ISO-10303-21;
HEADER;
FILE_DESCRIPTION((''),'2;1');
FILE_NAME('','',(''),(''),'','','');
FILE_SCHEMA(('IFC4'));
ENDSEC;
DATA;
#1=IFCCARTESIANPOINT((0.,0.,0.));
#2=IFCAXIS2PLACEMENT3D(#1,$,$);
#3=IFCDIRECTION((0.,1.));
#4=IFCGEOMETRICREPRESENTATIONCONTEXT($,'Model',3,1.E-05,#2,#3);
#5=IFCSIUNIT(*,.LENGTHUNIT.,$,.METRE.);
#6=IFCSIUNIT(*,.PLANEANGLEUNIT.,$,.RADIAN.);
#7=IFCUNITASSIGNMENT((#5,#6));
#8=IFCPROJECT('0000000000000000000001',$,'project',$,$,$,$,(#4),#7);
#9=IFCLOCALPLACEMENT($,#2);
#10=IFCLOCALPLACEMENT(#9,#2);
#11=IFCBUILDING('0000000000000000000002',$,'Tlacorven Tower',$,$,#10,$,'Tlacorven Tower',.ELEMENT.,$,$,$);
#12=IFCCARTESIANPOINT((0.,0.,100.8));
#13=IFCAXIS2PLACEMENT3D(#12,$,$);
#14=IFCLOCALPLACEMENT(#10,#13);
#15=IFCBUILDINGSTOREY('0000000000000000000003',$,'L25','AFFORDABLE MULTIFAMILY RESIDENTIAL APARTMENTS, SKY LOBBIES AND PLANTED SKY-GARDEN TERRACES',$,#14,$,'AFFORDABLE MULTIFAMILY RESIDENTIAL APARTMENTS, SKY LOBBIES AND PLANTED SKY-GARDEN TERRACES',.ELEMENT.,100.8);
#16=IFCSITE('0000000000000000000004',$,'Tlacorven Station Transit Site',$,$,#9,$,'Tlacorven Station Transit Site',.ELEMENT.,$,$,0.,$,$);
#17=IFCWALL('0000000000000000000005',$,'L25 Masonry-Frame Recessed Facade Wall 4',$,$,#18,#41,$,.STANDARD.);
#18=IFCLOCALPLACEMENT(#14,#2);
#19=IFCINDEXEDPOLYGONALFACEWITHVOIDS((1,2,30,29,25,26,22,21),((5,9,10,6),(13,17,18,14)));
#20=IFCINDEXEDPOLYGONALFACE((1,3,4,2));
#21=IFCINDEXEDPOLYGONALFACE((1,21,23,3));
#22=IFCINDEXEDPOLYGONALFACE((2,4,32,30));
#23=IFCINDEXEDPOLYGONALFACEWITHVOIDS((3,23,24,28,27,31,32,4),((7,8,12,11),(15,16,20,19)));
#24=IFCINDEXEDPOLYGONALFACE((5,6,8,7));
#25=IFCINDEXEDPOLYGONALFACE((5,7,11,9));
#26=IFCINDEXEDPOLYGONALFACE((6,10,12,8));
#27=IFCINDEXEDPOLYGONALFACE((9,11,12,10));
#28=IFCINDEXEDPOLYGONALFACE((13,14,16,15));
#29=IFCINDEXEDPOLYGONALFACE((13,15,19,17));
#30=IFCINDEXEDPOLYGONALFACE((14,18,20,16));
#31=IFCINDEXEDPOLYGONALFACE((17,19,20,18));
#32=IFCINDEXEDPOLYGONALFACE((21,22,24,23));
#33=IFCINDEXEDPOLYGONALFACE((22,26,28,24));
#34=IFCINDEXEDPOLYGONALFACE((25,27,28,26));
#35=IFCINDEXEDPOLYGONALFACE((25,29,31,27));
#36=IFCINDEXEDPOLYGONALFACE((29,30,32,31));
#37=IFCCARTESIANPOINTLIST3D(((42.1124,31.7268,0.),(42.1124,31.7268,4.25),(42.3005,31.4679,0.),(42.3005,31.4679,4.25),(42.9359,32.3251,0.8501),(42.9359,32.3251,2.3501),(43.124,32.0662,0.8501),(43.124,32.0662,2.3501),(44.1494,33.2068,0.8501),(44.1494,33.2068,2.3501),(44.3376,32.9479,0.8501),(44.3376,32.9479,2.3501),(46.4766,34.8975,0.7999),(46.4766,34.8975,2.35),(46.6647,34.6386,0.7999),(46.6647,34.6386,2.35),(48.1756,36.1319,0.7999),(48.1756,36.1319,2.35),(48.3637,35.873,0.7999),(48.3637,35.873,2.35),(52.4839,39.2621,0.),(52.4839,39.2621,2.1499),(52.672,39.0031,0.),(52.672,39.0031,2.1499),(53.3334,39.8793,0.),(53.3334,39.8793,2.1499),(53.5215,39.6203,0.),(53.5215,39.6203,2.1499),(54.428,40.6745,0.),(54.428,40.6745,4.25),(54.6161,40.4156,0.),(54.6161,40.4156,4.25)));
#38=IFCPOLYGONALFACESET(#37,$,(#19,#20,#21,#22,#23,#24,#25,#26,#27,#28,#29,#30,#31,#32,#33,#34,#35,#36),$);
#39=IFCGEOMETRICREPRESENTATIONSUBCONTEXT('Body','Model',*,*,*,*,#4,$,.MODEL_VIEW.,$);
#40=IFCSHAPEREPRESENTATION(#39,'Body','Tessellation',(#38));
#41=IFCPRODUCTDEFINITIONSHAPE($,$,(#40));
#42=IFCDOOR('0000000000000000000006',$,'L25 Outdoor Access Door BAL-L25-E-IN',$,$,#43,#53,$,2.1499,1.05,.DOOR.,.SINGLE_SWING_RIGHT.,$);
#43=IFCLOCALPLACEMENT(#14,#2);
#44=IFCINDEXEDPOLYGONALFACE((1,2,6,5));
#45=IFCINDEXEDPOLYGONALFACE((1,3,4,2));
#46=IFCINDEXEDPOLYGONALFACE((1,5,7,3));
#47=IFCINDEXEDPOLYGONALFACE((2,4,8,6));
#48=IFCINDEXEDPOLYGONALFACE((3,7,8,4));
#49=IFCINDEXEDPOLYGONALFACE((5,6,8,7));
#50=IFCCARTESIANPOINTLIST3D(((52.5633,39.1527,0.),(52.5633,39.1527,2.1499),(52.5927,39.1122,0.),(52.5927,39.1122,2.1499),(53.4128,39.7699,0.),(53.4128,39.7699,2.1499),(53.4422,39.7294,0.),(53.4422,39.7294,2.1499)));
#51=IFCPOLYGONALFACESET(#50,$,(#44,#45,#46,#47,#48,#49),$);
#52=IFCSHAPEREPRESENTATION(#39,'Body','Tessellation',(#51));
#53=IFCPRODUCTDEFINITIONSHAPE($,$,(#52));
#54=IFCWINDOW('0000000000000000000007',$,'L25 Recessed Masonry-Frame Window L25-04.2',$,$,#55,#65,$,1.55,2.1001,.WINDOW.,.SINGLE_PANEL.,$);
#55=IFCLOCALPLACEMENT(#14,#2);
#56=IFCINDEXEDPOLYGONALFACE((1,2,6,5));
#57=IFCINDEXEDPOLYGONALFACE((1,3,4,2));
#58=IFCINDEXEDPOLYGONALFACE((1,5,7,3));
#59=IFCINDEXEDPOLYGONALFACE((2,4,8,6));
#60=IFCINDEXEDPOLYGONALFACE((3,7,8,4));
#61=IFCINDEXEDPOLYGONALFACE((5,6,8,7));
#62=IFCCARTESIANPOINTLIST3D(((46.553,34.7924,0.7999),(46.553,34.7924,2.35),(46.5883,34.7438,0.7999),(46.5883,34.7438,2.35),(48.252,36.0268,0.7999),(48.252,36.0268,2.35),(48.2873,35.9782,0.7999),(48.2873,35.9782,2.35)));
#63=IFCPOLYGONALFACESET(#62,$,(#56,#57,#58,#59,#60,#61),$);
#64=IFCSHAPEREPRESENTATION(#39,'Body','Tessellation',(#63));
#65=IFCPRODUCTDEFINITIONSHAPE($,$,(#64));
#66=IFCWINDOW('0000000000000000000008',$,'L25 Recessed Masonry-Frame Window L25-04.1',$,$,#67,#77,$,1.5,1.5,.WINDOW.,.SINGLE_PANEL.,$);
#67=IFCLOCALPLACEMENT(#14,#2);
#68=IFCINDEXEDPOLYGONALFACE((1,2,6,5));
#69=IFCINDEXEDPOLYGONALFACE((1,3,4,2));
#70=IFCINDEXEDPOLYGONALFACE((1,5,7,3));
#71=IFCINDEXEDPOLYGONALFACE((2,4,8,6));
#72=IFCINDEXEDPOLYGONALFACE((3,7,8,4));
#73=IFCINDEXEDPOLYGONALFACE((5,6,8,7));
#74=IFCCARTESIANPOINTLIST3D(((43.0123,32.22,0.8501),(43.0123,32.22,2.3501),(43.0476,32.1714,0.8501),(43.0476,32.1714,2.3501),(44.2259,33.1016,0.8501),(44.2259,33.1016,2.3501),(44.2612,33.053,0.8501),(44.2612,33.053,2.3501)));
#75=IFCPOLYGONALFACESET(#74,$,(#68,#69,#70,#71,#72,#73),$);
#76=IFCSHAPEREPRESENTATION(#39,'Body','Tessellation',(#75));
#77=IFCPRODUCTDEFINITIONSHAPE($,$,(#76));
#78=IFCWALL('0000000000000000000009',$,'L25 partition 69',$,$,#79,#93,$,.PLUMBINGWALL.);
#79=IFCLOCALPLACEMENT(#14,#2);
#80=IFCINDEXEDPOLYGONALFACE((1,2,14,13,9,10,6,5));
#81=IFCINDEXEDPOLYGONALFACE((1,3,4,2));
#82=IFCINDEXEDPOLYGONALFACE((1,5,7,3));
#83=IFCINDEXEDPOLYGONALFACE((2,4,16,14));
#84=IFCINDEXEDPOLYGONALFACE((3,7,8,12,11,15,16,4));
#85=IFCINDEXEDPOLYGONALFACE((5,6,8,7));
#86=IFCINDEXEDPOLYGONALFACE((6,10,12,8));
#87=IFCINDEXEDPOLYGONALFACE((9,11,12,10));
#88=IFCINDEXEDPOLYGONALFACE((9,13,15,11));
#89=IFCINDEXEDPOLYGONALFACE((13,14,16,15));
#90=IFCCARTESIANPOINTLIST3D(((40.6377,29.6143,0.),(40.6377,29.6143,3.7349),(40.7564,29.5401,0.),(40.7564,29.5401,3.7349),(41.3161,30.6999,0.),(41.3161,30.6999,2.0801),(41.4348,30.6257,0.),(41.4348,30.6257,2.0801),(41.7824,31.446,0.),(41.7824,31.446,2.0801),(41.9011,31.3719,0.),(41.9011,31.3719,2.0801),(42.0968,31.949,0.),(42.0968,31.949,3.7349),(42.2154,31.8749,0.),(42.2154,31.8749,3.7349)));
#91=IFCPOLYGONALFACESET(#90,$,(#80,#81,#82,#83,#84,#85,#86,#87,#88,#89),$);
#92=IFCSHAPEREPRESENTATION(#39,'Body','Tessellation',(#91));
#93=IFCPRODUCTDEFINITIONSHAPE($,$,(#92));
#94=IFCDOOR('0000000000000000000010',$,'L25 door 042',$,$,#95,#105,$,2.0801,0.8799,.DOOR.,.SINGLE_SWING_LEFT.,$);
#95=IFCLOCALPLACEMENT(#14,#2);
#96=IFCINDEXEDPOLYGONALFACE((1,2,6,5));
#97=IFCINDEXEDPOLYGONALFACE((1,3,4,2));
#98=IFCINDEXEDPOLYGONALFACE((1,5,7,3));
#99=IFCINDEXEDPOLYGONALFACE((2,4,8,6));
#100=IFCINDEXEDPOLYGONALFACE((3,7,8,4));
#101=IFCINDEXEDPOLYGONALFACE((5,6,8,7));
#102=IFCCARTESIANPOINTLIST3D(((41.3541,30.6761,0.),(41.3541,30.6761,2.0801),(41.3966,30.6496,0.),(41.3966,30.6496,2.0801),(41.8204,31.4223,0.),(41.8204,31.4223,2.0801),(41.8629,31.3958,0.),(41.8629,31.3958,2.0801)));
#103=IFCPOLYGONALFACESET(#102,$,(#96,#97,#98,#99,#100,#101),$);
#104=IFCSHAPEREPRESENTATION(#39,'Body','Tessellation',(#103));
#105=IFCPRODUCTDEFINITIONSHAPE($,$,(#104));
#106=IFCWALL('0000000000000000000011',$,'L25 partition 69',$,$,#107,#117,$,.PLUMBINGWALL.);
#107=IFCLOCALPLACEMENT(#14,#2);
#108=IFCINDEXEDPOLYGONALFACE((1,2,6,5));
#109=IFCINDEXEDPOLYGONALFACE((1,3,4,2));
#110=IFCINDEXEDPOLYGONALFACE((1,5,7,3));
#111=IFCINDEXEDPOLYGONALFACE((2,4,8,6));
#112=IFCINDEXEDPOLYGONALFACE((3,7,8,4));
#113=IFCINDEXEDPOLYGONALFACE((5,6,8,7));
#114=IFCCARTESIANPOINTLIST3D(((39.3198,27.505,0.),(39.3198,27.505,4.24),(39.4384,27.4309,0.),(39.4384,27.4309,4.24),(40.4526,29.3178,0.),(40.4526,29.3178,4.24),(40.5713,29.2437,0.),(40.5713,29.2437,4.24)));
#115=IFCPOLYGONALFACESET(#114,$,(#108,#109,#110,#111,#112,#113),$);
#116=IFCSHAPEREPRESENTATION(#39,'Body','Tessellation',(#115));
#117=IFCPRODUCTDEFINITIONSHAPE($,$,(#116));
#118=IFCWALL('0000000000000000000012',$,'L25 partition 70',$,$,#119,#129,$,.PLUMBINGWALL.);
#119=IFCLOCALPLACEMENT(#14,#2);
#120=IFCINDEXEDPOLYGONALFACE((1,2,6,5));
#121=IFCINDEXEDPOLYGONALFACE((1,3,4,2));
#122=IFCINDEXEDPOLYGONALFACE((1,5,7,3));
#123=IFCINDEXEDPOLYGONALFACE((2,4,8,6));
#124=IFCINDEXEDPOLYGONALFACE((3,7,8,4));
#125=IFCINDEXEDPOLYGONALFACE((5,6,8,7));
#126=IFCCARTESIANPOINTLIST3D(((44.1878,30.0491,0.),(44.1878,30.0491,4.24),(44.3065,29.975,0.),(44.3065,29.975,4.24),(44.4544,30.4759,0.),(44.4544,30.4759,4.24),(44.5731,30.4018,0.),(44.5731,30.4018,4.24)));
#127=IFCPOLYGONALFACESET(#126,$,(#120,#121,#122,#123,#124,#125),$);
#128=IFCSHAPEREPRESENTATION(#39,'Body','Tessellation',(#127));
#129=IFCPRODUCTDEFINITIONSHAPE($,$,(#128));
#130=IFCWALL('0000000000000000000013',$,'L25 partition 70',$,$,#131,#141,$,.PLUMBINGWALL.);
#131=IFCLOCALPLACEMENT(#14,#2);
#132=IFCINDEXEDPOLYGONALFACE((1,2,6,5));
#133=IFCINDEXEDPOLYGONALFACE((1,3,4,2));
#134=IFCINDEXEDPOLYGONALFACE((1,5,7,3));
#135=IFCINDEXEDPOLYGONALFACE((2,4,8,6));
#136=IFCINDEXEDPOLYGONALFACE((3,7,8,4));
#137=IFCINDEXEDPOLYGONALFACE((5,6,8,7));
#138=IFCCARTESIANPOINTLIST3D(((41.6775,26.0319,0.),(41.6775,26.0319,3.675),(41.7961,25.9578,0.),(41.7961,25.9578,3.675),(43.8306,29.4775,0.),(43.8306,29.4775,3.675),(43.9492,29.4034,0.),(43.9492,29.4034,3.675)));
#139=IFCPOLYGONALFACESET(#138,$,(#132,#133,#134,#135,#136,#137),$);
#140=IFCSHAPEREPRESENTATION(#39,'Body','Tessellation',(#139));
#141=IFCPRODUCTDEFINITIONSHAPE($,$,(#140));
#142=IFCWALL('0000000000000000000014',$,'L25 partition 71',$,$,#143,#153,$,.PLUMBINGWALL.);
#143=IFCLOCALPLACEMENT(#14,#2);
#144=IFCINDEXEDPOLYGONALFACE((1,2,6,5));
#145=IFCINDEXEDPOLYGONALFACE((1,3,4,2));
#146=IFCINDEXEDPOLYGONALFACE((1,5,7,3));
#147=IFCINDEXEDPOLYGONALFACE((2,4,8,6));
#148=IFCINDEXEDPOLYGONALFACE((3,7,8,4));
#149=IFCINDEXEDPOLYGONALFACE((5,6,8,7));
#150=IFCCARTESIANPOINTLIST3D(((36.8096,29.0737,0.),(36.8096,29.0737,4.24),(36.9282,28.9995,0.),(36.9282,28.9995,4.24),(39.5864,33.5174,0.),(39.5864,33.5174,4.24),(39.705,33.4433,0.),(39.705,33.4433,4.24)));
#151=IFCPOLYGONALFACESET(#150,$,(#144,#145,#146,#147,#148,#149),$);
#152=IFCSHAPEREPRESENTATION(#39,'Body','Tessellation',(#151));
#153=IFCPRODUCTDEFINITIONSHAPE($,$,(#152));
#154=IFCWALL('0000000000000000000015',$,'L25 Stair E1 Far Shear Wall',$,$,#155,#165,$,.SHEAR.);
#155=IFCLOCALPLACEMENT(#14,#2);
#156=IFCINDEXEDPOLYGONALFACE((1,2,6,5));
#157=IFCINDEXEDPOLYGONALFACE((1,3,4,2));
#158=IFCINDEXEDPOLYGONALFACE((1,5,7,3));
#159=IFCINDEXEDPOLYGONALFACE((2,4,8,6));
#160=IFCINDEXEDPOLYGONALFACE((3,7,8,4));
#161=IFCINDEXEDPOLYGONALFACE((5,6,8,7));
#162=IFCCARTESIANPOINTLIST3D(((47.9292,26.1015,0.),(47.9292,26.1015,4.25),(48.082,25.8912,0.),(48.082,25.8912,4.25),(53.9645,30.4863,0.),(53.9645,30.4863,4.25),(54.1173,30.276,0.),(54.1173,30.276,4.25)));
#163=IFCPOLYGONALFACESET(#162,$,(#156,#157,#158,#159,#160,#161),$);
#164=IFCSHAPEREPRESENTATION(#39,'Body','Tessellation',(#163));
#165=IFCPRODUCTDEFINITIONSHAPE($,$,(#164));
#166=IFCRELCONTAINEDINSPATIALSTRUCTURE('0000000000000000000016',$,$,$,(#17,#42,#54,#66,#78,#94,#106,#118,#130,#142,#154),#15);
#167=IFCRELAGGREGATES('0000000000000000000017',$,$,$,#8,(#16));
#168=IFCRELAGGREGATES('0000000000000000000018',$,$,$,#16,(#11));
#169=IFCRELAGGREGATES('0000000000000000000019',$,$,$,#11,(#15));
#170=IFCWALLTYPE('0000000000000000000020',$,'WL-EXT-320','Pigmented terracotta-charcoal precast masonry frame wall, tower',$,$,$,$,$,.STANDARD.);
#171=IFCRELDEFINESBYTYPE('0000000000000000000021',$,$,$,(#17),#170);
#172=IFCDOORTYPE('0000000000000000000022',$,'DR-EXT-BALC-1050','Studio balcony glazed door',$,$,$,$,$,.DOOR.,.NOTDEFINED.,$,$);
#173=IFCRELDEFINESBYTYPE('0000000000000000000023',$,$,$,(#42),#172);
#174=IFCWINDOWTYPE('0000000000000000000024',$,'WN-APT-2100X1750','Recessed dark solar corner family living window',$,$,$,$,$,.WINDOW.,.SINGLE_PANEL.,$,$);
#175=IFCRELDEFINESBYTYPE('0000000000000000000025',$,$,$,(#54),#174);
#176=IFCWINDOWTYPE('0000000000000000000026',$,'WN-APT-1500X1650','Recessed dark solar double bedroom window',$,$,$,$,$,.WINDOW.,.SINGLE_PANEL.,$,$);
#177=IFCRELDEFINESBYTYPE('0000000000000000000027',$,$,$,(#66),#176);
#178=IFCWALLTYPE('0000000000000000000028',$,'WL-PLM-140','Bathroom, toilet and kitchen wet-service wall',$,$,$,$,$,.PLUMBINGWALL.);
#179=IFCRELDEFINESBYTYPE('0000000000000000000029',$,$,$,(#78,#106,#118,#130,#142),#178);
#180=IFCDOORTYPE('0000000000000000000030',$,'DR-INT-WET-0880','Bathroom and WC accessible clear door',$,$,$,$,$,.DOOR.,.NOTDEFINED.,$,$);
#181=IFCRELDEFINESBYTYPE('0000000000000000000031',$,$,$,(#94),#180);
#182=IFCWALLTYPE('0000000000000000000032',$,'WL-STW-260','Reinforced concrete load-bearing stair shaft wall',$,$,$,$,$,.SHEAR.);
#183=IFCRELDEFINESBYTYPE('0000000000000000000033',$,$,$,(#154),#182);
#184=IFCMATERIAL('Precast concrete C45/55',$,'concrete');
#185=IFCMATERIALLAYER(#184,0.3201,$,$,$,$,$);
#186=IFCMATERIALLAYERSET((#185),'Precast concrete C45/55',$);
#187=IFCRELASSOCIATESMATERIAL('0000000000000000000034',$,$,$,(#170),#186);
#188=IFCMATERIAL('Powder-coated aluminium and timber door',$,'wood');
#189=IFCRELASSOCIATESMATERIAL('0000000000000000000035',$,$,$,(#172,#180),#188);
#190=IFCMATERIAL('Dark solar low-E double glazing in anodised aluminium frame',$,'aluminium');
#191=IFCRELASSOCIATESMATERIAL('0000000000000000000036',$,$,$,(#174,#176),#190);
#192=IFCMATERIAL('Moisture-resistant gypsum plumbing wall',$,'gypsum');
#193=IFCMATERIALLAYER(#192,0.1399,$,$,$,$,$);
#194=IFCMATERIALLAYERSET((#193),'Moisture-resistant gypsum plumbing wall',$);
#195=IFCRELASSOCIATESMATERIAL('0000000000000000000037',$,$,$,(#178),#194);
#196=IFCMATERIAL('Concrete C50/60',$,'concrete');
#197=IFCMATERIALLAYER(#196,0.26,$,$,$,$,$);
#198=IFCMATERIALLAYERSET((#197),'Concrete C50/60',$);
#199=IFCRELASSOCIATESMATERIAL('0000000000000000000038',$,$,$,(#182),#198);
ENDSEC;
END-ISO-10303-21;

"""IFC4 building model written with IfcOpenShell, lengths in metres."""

from ifc_helpers import new_model, si_unit, direction, frame, frame_2d, origin, place, context, subcontext, project, spatial, rectangle, extrude, source, transform, mapped, material, layer, layer_set, type_object, element, fill, save


model = new_model("IFC4")

# Units and contexts
model_context = context("Model", 3, precision=1e-05, world=origin(), true_north=direction((0.0, 1.0)))
body_context = subcontext(model_context, "Body", "Model", "MODEL_VIEW")
ifc_project = project(units=[si_unit("LENGTHUNIT", "METRE"), si_unit("PLANEANGLEUNIT", "RADIAN")], contexts=[model_context])

# Site, building, storey
site_placement = place(None, origin())
site = spatial("IfcSite", under=ifc_project, at=site_placement, Name="Tlacorven Station Transit Site", LongName="Tlacorven Station Transit Site", CompositionType="ELEMENT", RefElevation=0.0)
building_placement = place(site_placement, origin())
building = spatial("IfcBuilding", under=site, at=building_placement, Name="Tlacorven Tower", LongName="Tlacorven Tower", CompositionType="ELEMENT")
storey_placement = place(building_placement, frame((0.0, 0.0, 100.8)))
storey = spatial("IfcBuildingStorey", under=building, at=storey_placement, Name="L25", Description="AFFORDABLE MULTIFAMILY RESIDENTIAL APARTMENTS, SKY LOBBIES AND PLANTED SKY-GARDEN TERRACES", LongName="AFFORDABLE MULTIFAMILY RESIDENTIAL APARTMENTS, SKY LOBBIES AND PLANTED SKY-GARDEN TERRACES", CompositionType="ELEMENT", Elevation=100.8)

# Shared definitions
ifc_material_1 = material(Name="Powder-coated aluminium and timber door", Category="wood")

# Wall, openings, door, windows
ifc_material_2 = material(Name="Precast concrete C45/55", Category="concrete")
ifc_layer_1 = layer(ifc_material_2, 0.3201)
ifc_layer_set_1 = layer_set([ifc_layer_1], Name="Precast concrete C45/55")
wall_type_1 = type_object("IfcWallType", Name="WL-EXT-320", Description="Pigmented terracotta-charcoal precast masonry frame wall, tower", PredefinedType="STANDARD", material=ifc_layer_set_1)
wall_1_placement = place(storey_placement, frame((42.2065, 31.5974, 0.0), z_axis=(0.0, 0.0, 1.0), x_axis=(0.80902, 0.587781, 0.0)))
wall_1 = element("IfcWall", 1, at=wall_1_placement, inside=storey, type_object=wall_type_1, Name="L25 Masonry-Frame Recessed Facade Wall 4", PredefinedType="STANDARD", context=body_context, shape_type="SweptSolid", body=[
    extrude(rectangle(XDim=15.2229, YDim=0.3201, at=frame_2d((7.6113, 0.0))), origin(), (0.0, 0.0, 1.0), 4.25),
])
opening_1_placement = place(wall_1_placement, frame((12.8198, 0.0, 0.0)))
opening_1 = element("IfcOpeningElement", 2, at=opening_1_placement, cuts=wall_1, PredefinedType="OPENING", context=body_context, shape_type="SweptSolid", body=[
    extrude(rectangle(XDim=1.05, YDim=2.1499, at=frame_2d((0.5249, 1.075))), frame((0.0, 0.1699, 0.0), z_axis=(0.0, -1.0, 0.0), x_axis=(1.0, 0.0, 0.0)), (0.0, 0.0, 1.0), 0.3401),
])
opening_2_placement = place(wall_1_placement, frame((1.0178, 0.0, 0.8501)))
opening_2 = element("IfcOpeningElement", 3, at=opening_2_placement, cuts=wall_1, PredefinedType="OPENING", context=body_context, shape_type="SweptSolid", body=[
    extrude(rectangle(XDim=1.5, YDim=1.5, at=frame_2d((0.75, 0.75))), frame((0.0, 0.1699, 0.0), z_axis=(0.0, -1.0, 0.0), x_axis=(1.0, 0.0, 0.0)), (0.0, 0.0, 1.0), 0.3401),
])
opening_3_placement = place(wall_1_placement, frame((5.3943, 0.0, 0.8)))
opening_3 = element("IfcOpeningElement", 4, at=opening_3_placement, cuts=wall_1, PredefinedType="OPENING", context=body_context, shape_type="SweptSolid", body=[
    extrude(rectangle(XDim=2.1001, YDim=1.55, at=frame_2d((1.05, 0.7749))), frame((0.0, 0.1699, 0.0), z_axis=(0.0, -1.0, 0.0), x_axis=(1.0, 0.0, 0.0)), (0.0, 0.0, 1.0), 0.3401),
])
door_type_1 = type_object("IfcDoorType", Name="DR-EXT-BALC-1050", Description="Studio balcony glazed door", OperationType="NOTDEFINED", PredefinedType="DOOR", material=ifc_material_1)
shared_shape_1 = source(origin(), body_context, "Body", "SweptSolid", [
    extrude(rectangle(XDim=1.05, YDim=2.1499, at=frame_2d((0.5249, 1.075))), frame((0.0, 0.0249, 0.0), z_axis=(0.0, -1.0, 0.0), x_axis=(1.0, 0.0, 0.0)), (0.0, 0.0, 1.0), 0.05),
])
door_1_placement = place(opening_1_placement, origin())
door_1 = element("IfcDoor", 5, at=door_1_placement, inside=storey, type_object=door_type_1, Name="L25 Outdoor Access Door BAL-L25-E-IN", OperationType="SINGLE_SWING_RIGHT", OverallHeight=2.1499, OverallWidth=1.05, PredefinedType="DOOR", context=body_context, shape_type="MappedRepresentation", body=[
    mapped(shared_shape_1, transform((0.0, 0.0, 0.0), scale=1.0)),
])
fill(opening_1, door_1)
ifc_material_3 = material(Name="Dark solar low-E double glazing in anodised aluminium frame", Category="aluminium")
window_type_1 = type_object("IfcWindowType", Name="WN-APT-2100X1750", Description="Recessed dark solar corner family living window", PartitioningType="SINGLE_PANEL", PredefinedType="WINDOW", material=ifc_material_3)
shared_shape_2 = source(origin(), body_context, "Body", "SweptSolid", [
    extrude(rectangle(XDim=2.1001, YDim=1.55, at=frame_2d((1.05, 0.7749))), frame((0.0, 0.03, 0.0), z_axis=(0.0, -1.0, 0.0), x_axis=(1.0, 0.0, 0.0)), (0.0, 0.0, 1.0), 0.0601),
])
window_1_placement = place(opening_3_placement, origin())
window_1 = element("IfcWindow", 6, at=window_1_placement, inside=storey, type_object=window_type_1, Name="L25 Recessed Masonry-Frame Window L25-04.2", OverallHeight=1.55, OverallWidth=2.1001, PartitioningType="SINGLE_PANEL", PredefinedType="WINDOW", context=body_context, shape_type="MappedRepresentation", body=[
    mapped(shared_shape_2, transform((0.0, 0.0, 0.0), scale=1.0)),
])
fill(opening_3, window_1)
window_type_2 = type_object("IfcWindowType", Name="WN-APT-1500X1650", Description="Recessed dark solar double bedroom window", PartitioningType="SINGLE_PANEL", PredefinedType="WINDOW", material=ifc_material_3)
shared_shape_3 = source(origin(), body_context, "Body", "SweptSolid", [
    extrude(rectangle(XDim=1.5, YDim=1.5, at=frame_2d((0.75, 0.75))), frame((0.0, 0.03, 0.0), z_axis=(0.0, -1.0, 0.0), x_axis=(1.0, 0.0, 0.0)), (0.0, 0.0, 1.0), 0.0601),
])
window_2_placement = place(opening_2_placement, origin())
window_2 = element("IfcWindow", 7, at=window_2_placement, inside=storey, type_object=window_type_2, Name="L25 Recessed Masonry-Frame Window L25-04.1", OverallHeight=1.5, OverallWidth=1.5, PartitioningType="SINGLE_PANEL", PredefinedType="WINDOW", context=body_context, shape_type="MappedRepresentation", body=[
    mapped(shared_shape_3, transform((0.0, 0.0, 0.0), scale=1.0)),
])
fill(opening_2, window_2)

# Wall, opening, door
ifc_material_4 = material(Name="Moisture-resistant gypsum plumbing wall", Category="gypsum")
ifc_layer_2 = layer(ifc_material_4, 0.1399)
ifc_layer_set_2 = layer_set([ifc_layer_2], Name="Moisture-resistant gypsum plumbing wall")
wall_type_2 = type_object("IfcWallType", Name="WL-PLM-140", Description="Bathroom, toilet and kitchen wet-service wall", PredefinedType="PLUMBINGWALL", material=ifc_layer_set_2)
wall_2_placement = place(storey_placement, frame((42.156, 31.9119, 0.0), z_axis=(0.0, 0.0, 1.0), x_axis=(-0.529943, -0.848033, 0.0)))
wall_2 = element("IfcWall", 8, at=wall_2_placement, inside=storey, type_object=wall_type_2, Name="L25 partition 69", PredefinedType="PLUMBINGWALL", context=body_context, shape_type="SweptSolid", body=[
    extrude(rectangle(XDim=2.7532, YDim=0.1399, at=frame_2d((1.3765, 0.0))), origin(), (0.0, 0.0, 1.0), 3.7349),
])
opening_4_placement = place(wall_2_placement, frame((0.593, 0.0, 0.0)))
opening_4 = element("IfcOpeningElement", 9, at=opening_4_placement, cuts=wall_2, PredefinedType="OPENING", context=body_context, shape_type="SweptSolid", body=[
    extrude(rectangle(XDim=0.8799, YDim=2.0801, at=frame_2d((0.4399, 1.04))), frame((0.0, 0.0801, 0.0), z_axis=(0.0, -1.0, 0.0), x_axis=(1.0, 0.0, 0.0)), (0.0, 0.0, 1.0), 0.1599),
])
door_type_2 = type_object("IfcDoorType", Name="DR-INT-WET-0880", Description="Bathroom and WC accessible clear door", OperationType="NOTDEFINED", PredefinedType="DOOR", material=ifc_material_1)
shared_shape_4 = source(origin(), body_context, "Body", "SweptSolid", [
    extrude(rectangle(XDim=0.8799, YDim=2.0801, at=frame_2d((0.4399, 1.04))), frame((0.0, 0.0249, 0.0), z_axis=(0.0, -1.0, 0.0), x_axis=(1.0, 0.0, 0.0)), (0.0, 0.0, 1.0), 0.05),
])
door_2_placement = place(opening_4_placement, origin())
door_2 = element("IfcDoor", 10, at=door_2_placement, inside=storey, type_object=door_type_2, Name="L25 door 042", OperationType="SINGLE_SWING_LEFT", OverallHeight=2.0801, OverallWidth=0.8799, PredefinedType="DOOR", context=body_context, shape_type="MappedRepresentation", body=[
    mapped(shared_shape_4, transform((0.0, 0.0, 0.0), scale=1.0)),
])
fill(opening_4, door_2)

# Walls
wall_3_placement = place(storey_placement, frame((40.512, 29.2808, 0.0), z_axis=(0.0, 0.0, 1.0), x_axis=(-0.529948, -0.84803, 0.0)))
element("IfcWall", 11, at=wall_3_placement, inside=storey, type_object=wall_type_2, Name="L25 partition 69", PredefinedType="PLUMBINGWALL", context=body_context, shape_type="SweptSolid", body=[
    extrude(rectangle(XDim=2.1377, YDim=0.1399, at=frame_2d((1.0688, 0.0))), origin(), (0.0, 0.0, 1.0), 4.24),
])
wall_4_placement = place(storey_placement, frame((44.5137, 30.4387, 0.0), z_axis=(0.0, 0.0, 1.0), x_axis=(-0.529824, -0.848107, 0.0)))
element("IfcWall", 12, at=wall_4_placement, inside=storey, type_object=wall_type_2, Name="L25 partition 70", PredefinedType="PLUMBINGWALL", context=body_context, shape_type="SweptSolid", body=[
    extrude(rectangle(XDim=0.5032, YDim=0.1399, at=frame_2d((0.2515, 0.0))), origin(), (0.0, 0.0, 1.0), 4.24),
])
wall_5_placement = place(storey_placement, frame((43.8899, 29.4404, 0.0), z_axis=(0.0, 0.0, 1.0), x_axis=(-0.529929, -0.848042, 0.0)))
element("IfcWall", 13, at=wall_5_placement, inside=storey, type_object=wall_type_2, Name="L25 partition 70", PredefinedType="PLUMBINGWALL", context=body_context, shape_type="SweptSolid", body=[
    extrude(rectangle(XDim=4.063, YDim=0.1399, at=frame_2d((2.0315, 0.0))), origin(), (0.0, 0.0, 1.0), 3.675),
])
wall_6_placement = place(storey_placement, frame((39.6458, 33.4805, 0.0), z_axis=(0.0, 0.0, 1.0), x_axis=(-0.529924, -0.848045, 0.0)))
element("IfcWall", 14, at=wall_6_placement, inside=storey, type_object=wall_type_2, Name="L25 partition 71", PredefinedType="PLUMBINGWALL", context=body_context, shape_type="SweptSolid", body=[
    extrude(rectangle(XDim=5.24, YDim=0.1399, at=frame_2d((2.6201, 0.0))), origin(), (0.0, 0.0, 1.0), 4.24),
])
ifc_material_5 = material(Name="Concrete C50/60", Category="concrete")
ifc_layer_3 = layer(ifc_material_5, 0.26)
ifc_layer_set_3 = layer_set([ifc_layer_3], Name="Concrete C50/60")
wall_type_3 = type_object("IfcWallType", Name="WL-STW-260", Description="Reinforced concrete load-bearing stair shaft wall", PredefinedType="SHEAR", material=ifc_layer_set_3)
wall_7_placement = place(storey_placement, frame((48.0056, 25.9963, 0.0), z_axis=(0.0, 0.0, 1.0), x_axis=(0.809019, 0.587782, 0.0)))
element("IfcWall", 15, at=wall_7_placement, inside=storey, type_object=wall_type_3, Name="L25 Stair E1 Far Shear Wall", PredefinedType="SHEAR", context=body_context, shape_type="SweptSolid", body=[
    extrude(rectangle(XDim=7.46, YDim=0.26, at=frame_2d((3.73, 0.0))), origin(), (0.0, 0.0, 1.0), 4.25),
])

save(model, "model.ifc")
